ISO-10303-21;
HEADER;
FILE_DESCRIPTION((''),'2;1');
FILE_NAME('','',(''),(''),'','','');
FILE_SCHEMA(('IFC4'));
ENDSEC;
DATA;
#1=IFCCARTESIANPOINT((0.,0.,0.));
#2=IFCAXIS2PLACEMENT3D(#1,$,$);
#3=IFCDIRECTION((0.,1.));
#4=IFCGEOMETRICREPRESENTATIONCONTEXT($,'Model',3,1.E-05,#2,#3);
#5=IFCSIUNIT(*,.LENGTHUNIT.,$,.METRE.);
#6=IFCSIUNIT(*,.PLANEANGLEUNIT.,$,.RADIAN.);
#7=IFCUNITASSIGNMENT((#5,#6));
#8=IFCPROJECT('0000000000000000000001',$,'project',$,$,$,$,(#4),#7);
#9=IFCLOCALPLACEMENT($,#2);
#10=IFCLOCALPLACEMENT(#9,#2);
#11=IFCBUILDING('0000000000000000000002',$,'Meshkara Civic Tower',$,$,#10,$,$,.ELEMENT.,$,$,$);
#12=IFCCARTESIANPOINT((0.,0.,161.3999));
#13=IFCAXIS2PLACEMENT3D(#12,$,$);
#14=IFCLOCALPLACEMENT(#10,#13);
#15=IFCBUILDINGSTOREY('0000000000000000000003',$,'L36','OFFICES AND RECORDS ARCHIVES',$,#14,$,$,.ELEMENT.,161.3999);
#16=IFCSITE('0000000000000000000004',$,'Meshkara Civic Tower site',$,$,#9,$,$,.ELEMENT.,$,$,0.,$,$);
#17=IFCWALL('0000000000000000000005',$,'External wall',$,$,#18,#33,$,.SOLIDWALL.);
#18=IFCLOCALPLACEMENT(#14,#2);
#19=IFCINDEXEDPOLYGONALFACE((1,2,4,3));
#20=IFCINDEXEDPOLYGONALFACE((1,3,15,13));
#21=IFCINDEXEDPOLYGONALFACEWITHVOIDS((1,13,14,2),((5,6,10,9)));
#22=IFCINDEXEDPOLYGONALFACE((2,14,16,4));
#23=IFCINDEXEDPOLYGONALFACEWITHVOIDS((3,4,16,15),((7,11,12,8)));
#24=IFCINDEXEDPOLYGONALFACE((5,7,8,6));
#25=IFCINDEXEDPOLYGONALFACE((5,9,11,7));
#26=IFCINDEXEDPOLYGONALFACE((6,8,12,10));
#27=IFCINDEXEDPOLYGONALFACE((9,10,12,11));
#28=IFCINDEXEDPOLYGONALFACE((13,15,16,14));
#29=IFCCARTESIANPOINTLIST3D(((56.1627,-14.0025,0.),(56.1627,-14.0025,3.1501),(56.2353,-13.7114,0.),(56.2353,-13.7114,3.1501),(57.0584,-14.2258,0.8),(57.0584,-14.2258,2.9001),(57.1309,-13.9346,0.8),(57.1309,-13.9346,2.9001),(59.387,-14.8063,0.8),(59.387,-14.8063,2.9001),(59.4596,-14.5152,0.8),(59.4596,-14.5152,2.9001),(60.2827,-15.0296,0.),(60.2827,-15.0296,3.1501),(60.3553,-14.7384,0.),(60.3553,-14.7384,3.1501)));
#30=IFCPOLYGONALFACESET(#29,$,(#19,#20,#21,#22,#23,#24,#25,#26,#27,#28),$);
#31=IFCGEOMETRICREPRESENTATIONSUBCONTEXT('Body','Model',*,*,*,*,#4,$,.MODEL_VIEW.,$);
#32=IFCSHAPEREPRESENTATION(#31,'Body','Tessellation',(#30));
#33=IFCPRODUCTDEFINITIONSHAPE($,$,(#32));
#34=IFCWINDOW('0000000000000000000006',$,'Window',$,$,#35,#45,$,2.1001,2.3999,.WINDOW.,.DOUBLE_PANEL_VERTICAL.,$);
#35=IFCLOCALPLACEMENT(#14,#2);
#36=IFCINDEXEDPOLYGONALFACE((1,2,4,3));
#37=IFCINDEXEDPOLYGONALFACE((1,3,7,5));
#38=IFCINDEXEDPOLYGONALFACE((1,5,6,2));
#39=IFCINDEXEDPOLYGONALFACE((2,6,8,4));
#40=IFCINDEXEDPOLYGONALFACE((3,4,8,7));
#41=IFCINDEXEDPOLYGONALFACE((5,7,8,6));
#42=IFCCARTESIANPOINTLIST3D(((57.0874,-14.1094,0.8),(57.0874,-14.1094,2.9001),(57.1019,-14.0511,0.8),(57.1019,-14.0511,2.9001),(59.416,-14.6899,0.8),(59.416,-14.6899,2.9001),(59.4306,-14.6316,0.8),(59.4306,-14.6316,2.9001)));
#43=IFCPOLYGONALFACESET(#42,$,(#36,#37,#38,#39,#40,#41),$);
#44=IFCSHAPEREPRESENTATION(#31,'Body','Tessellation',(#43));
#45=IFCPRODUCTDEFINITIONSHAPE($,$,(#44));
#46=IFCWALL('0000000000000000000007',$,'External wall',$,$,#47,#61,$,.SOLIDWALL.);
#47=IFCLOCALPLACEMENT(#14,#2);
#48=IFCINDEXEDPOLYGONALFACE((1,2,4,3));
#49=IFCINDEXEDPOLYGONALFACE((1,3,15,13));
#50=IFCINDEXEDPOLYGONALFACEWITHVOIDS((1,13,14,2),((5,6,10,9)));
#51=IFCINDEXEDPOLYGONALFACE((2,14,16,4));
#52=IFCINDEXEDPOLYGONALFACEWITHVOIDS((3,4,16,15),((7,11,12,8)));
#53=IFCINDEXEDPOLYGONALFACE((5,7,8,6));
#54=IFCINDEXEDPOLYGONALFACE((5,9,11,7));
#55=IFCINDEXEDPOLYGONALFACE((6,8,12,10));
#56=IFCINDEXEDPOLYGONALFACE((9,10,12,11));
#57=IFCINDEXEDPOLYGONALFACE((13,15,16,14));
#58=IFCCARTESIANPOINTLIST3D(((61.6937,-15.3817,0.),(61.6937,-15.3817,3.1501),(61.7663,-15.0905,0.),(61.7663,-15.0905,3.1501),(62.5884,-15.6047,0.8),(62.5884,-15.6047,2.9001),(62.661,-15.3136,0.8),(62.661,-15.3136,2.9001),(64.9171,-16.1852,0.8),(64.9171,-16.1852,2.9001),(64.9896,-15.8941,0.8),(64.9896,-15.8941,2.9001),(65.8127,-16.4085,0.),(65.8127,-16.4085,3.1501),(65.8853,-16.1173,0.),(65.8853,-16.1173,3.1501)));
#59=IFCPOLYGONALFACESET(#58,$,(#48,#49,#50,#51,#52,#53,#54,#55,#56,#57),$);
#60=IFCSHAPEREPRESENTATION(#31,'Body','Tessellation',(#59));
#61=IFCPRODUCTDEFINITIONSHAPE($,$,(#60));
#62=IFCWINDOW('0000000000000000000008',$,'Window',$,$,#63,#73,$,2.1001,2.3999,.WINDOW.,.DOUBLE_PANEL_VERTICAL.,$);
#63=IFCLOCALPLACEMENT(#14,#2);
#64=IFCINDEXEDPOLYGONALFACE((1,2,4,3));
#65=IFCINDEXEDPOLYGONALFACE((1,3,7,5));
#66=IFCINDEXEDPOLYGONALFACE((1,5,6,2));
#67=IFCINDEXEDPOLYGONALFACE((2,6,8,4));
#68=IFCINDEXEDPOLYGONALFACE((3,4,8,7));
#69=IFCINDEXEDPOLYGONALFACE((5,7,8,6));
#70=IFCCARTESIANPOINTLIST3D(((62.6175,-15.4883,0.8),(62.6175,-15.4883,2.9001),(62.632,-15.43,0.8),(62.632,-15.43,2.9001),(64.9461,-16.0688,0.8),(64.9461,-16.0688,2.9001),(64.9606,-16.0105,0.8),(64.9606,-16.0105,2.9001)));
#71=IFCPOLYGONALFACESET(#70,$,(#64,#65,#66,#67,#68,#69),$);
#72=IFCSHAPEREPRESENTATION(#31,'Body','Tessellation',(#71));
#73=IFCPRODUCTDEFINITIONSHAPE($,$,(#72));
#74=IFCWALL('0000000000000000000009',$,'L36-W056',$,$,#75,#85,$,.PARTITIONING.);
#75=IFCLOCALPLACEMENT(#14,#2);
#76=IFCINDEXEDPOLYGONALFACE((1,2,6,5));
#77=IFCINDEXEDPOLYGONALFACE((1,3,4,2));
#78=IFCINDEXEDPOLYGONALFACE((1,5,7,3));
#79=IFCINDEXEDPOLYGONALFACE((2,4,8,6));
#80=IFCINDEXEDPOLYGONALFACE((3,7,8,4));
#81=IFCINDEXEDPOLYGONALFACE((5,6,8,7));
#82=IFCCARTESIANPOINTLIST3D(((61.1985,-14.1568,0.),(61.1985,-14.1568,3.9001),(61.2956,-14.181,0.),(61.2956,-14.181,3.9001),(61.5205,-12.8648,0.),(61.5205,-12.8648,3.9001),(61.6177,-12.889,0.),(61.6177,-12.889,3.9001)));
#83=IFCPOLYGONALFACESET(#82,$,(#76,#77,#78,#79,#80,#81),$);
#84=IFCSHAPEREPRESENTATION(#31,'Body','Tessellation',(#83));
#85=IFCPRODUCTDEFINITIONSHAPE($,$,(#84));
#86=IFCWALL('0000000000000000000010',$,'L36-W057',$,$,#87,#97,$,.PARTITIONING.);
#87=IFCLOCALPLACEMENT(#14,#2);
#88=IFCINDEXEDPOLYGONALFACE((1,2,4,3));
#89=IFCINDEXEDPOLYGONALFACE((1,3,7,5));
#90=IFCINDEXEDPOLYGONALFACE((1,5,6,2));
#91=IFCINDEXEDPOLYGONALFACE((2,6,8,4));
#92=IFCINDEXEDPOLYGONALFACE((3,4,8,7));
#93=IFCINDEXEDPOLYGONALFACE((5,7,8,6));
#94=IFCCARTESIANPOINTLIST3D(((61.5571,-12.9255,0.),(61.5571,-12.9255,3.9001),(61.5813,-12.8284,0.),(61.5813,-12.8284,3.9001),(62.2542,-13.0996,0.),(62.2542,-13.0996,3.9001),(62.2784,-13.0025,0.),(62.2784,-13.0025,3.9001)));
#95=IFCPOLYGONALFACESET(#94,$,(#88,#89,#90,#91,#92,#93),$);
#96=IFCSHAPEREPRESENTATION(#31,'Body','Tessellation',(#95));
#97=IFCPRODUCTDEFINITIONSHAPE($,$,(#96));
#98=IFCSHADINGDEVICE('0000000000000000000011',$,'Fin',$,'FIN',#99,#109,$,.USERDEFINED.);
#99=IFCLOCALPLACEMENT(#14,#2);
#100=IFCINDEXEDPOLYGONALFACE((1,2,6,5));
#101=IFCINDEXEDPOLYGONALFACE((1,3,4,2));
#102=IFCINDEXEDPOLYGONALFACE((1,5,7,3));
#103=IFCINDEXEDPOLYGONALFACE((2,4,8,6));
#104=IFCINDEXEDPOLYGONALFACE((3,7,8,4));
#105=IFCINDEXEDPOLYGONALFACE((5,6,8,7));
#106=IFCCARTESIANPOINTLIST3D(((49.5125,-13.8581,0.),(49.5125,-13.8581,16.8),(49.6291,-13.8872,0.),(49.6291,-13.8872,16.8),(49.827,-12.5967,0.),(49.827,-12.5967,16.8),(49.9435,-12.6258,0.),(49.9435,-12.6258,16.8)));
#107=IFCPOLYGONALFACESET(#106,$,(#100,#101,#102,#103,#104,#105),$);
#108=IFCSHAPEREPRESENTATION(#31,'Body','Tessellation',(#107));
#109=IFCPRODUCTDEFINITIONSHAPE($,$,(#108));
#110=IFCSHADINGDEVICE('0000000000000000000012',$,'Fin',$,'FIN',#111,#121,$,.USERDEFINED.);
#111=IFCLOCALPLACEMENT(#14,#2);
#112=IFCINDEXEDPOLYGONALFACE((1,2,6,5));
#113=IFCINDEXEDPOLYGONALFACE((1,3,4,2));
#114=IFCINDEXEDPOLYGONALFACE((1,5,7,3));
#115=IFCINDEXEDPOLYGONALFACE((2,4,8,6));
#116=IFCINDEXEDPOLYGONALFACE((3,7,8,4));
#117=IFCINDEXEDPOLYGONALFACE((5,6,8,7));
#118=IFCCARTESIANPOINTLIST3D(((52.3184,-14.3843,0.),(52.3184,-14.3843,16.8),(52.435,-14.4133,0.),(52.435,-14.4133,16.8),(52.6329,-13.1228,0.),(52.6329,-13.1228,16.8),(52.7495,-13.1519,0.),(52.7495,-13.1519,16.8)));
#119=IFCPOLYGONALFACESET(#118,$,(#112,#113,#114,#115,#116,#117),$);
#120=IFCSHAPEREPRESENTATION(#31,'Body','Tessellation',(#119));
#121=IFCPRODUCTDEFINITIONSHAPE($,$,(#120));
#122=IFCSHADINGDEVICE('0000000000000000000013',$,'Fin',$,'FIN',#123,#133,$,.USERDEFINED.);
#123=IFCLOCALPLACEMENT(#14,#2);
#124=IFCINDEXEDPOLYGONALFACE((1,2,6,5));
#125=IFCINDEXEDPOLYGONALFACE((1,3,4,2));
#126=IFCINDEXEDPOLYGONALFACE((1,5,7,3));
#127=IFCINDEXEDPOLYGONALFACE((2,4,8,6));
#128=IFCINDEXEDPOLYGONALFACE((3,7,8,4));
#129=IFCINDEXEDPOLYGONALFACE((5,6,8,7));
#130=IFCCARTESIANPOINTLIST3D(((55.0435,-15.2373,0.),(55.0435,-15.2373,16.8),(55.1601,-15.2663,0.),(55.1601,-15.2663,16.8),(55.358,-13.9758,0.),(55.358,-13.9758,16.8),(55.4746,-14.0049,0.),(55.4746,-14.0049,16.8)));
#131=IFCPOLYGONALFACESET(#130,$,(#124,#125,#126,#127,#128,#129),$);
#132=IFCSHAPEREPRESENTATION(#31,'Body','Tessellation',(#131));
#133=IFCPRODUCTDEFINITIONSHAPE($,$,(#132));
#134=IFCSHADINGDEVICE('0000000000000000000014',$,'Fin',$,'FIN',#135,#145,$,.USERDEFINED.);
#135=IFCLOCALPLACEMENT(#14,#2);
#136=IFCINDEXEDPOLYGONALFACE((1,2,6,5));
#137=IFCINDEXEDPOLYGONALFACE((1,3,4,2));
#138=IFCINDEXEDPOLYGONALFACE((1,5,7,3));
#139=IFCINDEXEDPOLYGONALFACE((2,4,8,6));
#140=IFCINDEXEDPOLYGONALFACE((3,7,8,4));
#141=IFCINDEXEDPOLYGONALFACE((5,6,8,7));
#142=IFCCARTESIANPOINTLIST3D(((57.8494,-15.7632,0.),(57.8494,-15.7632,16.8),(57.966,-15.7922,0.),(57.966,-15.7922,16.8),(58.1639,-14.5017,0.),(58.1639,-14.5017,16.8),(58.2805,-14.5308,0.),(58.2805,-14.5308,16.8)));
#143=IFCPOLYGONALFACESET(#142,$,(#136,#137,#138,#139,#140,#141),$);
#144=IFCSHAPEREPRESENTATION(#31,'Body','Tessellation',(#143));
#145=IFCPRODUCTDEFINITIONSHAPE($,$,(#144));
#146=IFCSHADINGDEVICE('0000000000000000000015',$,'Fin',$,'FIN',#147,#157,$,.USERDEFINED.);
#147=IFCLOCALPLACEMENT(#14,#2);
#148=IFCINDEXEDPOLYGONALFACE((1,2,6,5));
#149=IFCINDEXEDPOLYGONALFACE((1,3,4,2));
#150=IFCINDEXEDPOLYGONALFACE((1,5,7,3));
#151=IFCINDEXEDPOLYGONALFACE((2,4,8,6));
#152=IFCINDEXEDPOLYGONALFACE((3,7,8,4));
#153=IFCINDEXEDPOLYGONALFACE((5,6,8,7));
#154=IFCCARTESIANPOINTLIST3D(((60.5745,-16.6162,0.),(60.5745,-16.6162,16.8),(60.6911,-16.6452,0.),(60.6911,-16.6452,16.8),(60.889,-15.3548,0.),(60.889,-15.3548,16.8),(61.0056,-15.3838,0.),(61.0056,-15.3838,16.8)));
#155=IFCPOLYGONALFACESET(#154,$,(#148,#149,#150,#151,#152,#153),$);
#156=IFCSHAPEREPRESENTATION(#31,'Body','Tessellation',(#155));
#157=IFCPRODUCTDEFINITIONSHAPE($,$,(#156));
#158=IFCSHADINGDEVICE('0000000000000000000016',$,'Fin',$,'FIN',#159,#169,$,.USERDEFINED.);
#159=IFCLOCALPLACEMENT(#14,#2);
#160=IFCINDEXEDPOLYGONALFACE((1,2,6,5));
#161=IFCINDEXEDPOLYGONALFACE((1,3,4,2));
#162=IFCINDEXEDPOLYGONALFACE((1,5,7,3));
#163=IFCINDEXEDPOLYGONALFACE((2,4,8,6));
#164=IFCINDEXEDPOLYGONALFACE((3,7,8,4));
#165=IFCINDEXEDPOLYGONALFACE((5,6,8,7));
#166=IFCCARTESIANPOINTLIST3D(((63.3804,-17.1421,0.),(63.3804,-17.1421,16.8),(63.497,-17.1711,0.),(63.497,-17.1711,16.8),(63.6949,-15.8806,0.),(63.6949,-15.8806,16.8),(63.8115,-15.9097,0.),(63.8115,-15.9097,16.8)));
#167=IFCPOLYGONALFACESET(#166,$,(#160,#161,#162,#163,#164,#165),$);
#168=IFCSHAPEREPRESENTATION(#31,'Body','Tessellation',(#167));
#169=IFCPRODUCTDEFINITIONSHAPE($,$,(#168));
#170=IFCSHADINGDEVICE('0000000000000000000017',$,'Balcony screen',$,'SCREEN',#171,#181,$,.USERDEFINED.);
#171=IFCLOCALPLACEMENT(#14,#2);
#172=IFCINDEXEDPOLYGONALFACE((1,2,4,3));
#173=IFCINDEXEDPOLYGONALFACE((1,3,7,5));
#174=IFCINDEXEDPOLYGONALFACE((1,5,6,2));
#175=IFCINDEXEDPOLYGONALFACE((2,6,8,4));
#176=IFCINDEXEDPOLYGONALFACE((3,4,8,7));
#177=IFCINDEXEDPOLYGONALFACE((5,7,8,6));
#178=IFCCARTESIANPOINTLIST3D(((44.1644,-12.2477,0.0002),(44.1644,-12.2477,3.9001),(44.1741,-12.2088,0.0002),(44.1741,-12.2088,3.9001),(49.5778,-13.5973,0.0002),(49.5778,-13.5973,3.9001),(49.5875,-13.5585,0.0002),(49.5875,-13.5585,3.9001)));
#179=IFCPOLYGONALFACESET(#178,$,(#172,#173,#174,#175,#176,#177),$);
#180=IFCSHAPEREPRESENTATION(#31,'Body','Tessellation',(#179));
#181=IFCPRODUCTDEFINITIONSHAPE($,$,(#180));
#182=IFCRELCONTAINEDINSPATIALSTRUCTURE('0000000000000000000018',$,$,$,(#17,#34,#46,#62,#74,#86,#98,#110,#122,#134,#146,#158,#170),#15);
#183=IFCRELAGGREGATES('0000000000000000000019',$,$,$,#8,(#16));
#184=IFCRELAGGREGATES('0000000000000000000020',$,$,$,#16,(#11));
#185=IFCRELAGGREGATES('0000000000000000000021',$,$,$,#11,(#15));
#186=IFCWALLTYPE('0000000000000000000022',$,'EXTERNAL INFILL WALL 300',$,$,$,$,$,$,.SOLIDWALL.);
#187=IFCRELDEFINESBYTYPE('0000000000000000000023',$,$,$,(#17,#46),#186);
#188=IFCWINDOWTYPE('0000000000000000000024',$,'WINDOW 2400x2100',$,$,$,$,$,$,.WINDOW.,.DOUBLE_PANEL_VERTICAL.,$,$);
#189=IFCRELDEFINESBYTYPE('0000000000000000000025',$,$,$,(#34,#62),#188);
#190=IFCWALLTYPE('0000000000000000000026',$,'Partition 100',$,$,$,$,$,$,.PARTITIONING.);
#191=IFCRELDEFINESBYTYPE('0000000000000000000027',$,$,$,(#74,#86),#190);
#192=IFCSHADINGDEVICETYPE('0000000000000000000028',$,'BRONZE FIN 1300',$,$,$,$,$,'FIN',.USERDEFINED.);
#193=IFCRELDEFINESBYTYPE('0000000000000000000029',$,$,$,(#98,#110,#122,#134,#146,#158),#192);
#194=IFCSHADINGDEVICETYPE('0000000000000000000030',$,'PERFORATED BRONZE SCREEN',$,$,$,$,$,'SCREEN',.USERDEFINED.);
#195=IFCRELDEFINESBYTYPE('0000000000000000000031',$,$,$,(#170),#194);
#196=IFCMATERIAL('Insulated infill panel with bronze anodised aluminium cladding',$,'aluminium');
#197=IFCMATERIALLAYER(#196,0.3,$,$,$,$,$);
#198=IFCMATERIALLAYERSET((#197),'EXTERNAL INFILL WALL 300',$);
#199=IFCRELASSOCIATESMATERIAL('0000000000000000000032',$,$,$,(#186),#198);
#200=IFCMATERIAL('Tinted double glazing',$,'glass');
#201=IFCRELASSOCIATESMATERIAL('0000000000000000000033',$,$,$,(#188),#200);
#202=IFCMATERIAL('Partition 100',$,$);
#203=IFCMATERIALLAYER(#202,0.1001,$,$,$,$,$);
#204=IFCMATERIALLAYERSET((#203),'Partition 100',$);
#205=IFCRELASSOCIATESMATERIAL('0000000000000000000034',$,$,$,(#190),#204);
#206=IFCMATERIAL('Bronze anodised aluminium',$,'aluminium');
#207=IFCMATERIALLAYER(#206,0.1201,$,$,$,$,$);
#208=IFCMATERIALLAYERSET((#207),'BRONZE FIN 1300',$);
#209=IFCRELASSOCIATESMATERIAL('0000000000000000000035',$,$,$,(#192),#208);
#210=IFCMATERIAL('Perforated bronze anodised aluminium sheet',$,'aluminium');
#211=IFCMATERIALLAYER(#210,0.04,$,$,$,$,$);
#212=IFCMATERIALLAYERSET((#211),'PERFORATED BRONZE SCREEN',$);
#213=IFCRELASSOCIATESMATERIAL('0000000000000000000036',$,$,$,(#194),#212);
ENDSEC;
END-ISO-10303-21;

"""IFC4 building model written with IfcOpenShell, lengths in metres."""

from ifc_helpers import new_model, si_unit, direction, frame, frame_2d, origin, origin_2d, place, context, subcontext, project, spatial, rectangle, extrude, material, layer, layer_set, type_object, element, fill, save


model = new_model("IFC4")

# Units and contexts
model_context = context("Model", 3, precision=1e-05, world=origin(), true_north=direction((0.0, 1.0)))
body_context = subcontext(model_context, "Body", "Model", "MODEL_VIEW")
ifc_project = project(units=[si_unit("LENGTHUNIT", "METRE"), si_unit("PLANEANGLEUNIT", "RADIAN")], contexts=[model_context])

# Site, building, storey
site_placement = place(None, origin())
site = spatial("IfcSite", under=ifc_project, at=site_placement, Name="Meshkara Civic Tower site", CompositionType="ELEMENT", RefElevation=0.0)
building_placement = place(site_placement, origin())
building = spatial("IfcBuilding", under=site, at=building_placement, Name="Meshkara Civic Tower", CompositionType="ELEMENT")
storey_placement = place(building_placement, frame((0.0, 0.0, 161.3999)))
storey = spatial("IfcBuildingStorey", under=building, at=storey_placement, Name="L36", Description="OFFICES AND RECORDS ARCHIVES", CompositionType="ELEMENT", Elevation=161.3999)

# Walls, openings, windows
ifc_material_1 = material(Name="Insulated infill panel with bronze anodised aluminium cladding", Category="aluminium")
ifc_layer_1 = layer(ifc_material_1, 0.3)
ifc_layer_set_1 = layer_set([ifc_layer_1], Name="EXTERNAL INFILL WALL 300")
wall_type_1 = type_object("IfcWallType", Name="EXTERNAL INFILL WALL 300", PredefinedType="SOLIDWALL", material=ifc_layer_set_1)
ifc_material_2 = material(Name="Tinted double glazing", Category="glass")
window_type = type_object("IfcWindowType", Name="WINDOW 2400x2100", PartitioningType="DOUBLE_PANEL_VERTICAL", PredefinedType="WINDOW", material=ifc_material_2)
wall_1_placement = place(storey_placement, frame((56.199, -13.8569, 0.0), z_axis=(0.0, 0.0, 1.0), x_axis=(0.970305, -0.241886, 0.0)))
wall_1 = element("IfcWall", 1, at=wall_1_placement, inside=storey, type_object=wall_type_1, Name="External wall", PredefinedType="SOLIDWALL", context=body_context, shape_type="SweptSolid", body=[
    extrude(rectangle(XDim=4.2461, YDim=0.3, at=frame_2d((2.123, 0.0))), origin(), (0.0, 0.0, 1.0), 3.1501),
])
opening_1_placement = place(wall_1_placement, frame((0.9231, 0.0, 0.8)))
opening_1 = element("IfcOpeningElement", 2, at=opening_1_placement, cuts=wall_1, PredefinedType="OPENING", context=body_context, shape_type="SweptSolid", body=[
    extrude(rectangle(XDim=2.3999, YDim=2.1001, at=frame_2d((1.2, 1.05))), frame((0.0, 0.1599, 0.0), z_axis=(0.0, -1.0, 0.0), x_axis=(1.0, 0.0, 0.0)), (0.0, 0.0, 1.0), 0.3201),
])
window_1_placement = place(opening_1_placement, origin())
window_1 = element("IfcWindow", 3, at=window_1_placement, inside=storey, type_object=window_type, Name="Window", OverallHeight=2.1001, OverallWidth=2.3999, PartitioningType="DOUBLE_PANEL_VERTICAL", PredefinedType="WINDOW", context=body_context, shape_type="SweptSolid", body=[
    extrude(rectangle(XDim=2.3999, YDim=2.1001, at=frame_2d((1.2, 1.05))), frame((0.0, 0.03, 0.0), z_axis=(0.0, -1.0, 0.0), x_axis=(1.0, 0.0, 0.0)), (0.0, 0.0, 1.0), 0.0601),
])
fill(opening_1, window_1)
wall_2_placement = place(storey_placement, frame((61.73, -15.2361, 0.0), z_axis=(0.0, 0.0, 1.0), x_axis=(0.970305, -0.241886, 0.0)))
wall_2 = element("IfcWall", 4, at=wall_2_placement, inside=storey, type_object=wall_type_1, Name="External wall", PredefinedType="SOLIDWALL", context=body_context, shape_type="SweptSolid", body=[
    extrude(rectangle(XDim=4.2451, YDim=0.3, at=frame_2d((2.1226, 0.0))), origin(), (0.0, 0.0, 1.0), 3.1501),
])
opening_2_placement = place(wall_2_placement, frame((0.9221, 0.0, 0.8)))
opening_2 = element("IfcOpeningElement", 5, at=opening_2_placement, cuts=wall_2, PredefinedType="OPENING", context=body_context, shape_type="SweptSolid", body=[
    extrude(rectangle(XDim=2.3999, YDim=2.1001, at=frame_2d((1.2, 1.05))), frame((0.0, 0.1599, 0.0), z_axis=(0.0, -1.0, 0.0), x_axis=(1.0, 0.0, 0.0)), (0.0, 0.0, 1.0), 0.3201),
])
window_2_placement = place(opening_2_placement, origin())
window_2 = element("IfcWindow", 6, at=window_2_placement, inside=storey, type_object=window_type, Name="Window", OverallHeight=2.1001, OverallWidth=2.3999, PartitioningType="DOUBLE_PANEL_VERTICAL", PredefinedType="WINDOW", context=body_context, shape_type="SweptSolid", body=[
    extrude(rectangle(XDim=2.3999, YDim=2.1001, at=frame_2d((1.2, 1.05))), frame((0.0, 0.03, 0.0), z_axis=(0.0, -1.0, 0.0), x_axis=(1.0, 0.0, 0.0)), (0.0, 0.0, 1.0), 0.0601),
])
fill(opening_2, window_2)

# Walls
ifc_material_3 = material(Name="Partition 100")
ifc_layer_2 = layer(ifc_material_3, 0.1001)
ifc_layer_set_2 = layer_set([ifc_layer_2], Name="Partition 100")
wall_type_2 = type_object("IfcWallType", Name="Partition 100", PredefinedType="PARTITIONING", material=ifc_layer_set_2)
wall_3_placement = place(storey_placement, frame((61.2471, -14.1689, 0.0), z_axis=(0.0, 0.0, 1.0), x_axis=(0.241845, 0.970315, 0.0)))
element("IfcWall", 7, at=wall_3_placement, inside=storey, type_object=wall_type_2, Name="L36-W056", PredefinedType="PARTITIONING", context=body_context, shape_type="SweptSolid", body=[
    extrude(rectangle(XDim=1.3315, YDim=0.1001, at=frame_2d((0.6658, 0.0))), origin(), (0.0, 0.0, 1.0), 3.9001),
])
wall_4_placement = place(storey_placement, frame((61.5691, -12.877, 0.0), z_axis=(0.0, 0.0, 1.0), x_axis=(0.970202, -0.242296, 0.0)))
element("IfcWall", 8, at=wall_4_placement, inside=storey, type_object=wall_type_2, Name="L36-W057", PredefinedType="PARTITIONING", context=body_context, shape_type="SweptSolid", body=[
    extrude(rectangle(XDim=0.7185, YDim=0.1001, at=frame_2d((0.3594, 0.0))), origin(), (0.0, 0.0, 1.0), 3.9001),
])

# Shading devices
ifc_material_4 = material(Name="Bronze anodised aluminium", Category="aluminium")
ifc_layer_3 = layer(ifc_material_4, 0.1201)
ifc_layer_set_3 = layer_set([ifc_layer_3], Name="BRONZE FIN 1300")
shading_device_type_1 = type_object("IfcShadingDeviceType", Name="BRONZE FIN 1300", ElementType="FIN", PredefinedType="USERDEFINED", material=ifc_layer_set_3)
for number, where, z_axis, x_axis, name in (
    (9, (49.728, -13.2419, 0.0), (0.0, 0.0, 1.0), (0.9703, -0.241905, 0.0), "Fin"),
    (10, (52.5339, -13.7681, 0.0), (0.0, 0.0, 1.0), (0.9703, -0.241905, 0.0), "Fin"),
    (11, (55.259, -14.6211, 0.0), (0.0, 0.0, 1.0), (0.9703, -0.241905, 0.0), "Fin"),
    (12, (58.0649, -15.147, 0.0), (0.0, 0.0, 1.0), (0.9703, -0.241905, 0.0), "Fin"),
    (13, (60.79, -16.0, 0.0), (0.0, 0.0, 1.0), (0.9703, -0.241905, 0.0), "Fin"),
    (14, (63.5959, -16.5259, 0.0), (0.0, 0.0, 1.0), (0.9703, -0.241905, 0.0), "Fin"),
):
    element("IfcShadingDevice", number, at=place(storey_placement, frame(where, z_axis=z_axis, x_axis=x_axis)), inside=storey, type_object=shading_device_type_1, Name=name, ObjectType="FIN", PredefinedType="USERDEFINED", context=body_context, shape_type="SweptSolid", body=[
        extrude(rectangle(XDim=0.1201, YDim=1.3, at=origin_2d()), origin(), (0.0, 0.0, 1.0), 16.8),
    ])
ifc_material_5 = material(Name="Perforated bronze anodised aluminium sheet", Category="aluminium")
ifc_layer_4 = layer(ifc_material_5, 0.04)
ifc_layer_set_4 = layer_set([ifc_layer_4], Name="PERFORATED BRONZE SCREEN")
shading_device_type_2 = type_object("IfcShadingDeviceType", Name="PERFORATED BRONZE SCREEN", ElementType="SCREEN", PredefinedType="USERDEFINED", material=ifc_layer_set_4)
shading_device_placement = place(storey_placement, frame((46.876, -12.9031, 0.0002), z_axis=(0.0, 0.0, 1.0), x_axis=(0.9703, -0.241905, 0.0)))
element("IfcShadingDevice", 15, at=shading_device_placement, inside=storey, type_object=shading_device_type_2, Name="Balcony screen", ObjectType="SCREEN", PredefinedType="USERDEFINED", context=body_context, shape_type="SweptSolid", body=[
    extrude(rectangle(XDim=5.5791, YDim=0.04, at=origin_2d()), origin(), (0.0, 0.0, 1.0), 3.8999),
])

save(model, "model.ifc")
